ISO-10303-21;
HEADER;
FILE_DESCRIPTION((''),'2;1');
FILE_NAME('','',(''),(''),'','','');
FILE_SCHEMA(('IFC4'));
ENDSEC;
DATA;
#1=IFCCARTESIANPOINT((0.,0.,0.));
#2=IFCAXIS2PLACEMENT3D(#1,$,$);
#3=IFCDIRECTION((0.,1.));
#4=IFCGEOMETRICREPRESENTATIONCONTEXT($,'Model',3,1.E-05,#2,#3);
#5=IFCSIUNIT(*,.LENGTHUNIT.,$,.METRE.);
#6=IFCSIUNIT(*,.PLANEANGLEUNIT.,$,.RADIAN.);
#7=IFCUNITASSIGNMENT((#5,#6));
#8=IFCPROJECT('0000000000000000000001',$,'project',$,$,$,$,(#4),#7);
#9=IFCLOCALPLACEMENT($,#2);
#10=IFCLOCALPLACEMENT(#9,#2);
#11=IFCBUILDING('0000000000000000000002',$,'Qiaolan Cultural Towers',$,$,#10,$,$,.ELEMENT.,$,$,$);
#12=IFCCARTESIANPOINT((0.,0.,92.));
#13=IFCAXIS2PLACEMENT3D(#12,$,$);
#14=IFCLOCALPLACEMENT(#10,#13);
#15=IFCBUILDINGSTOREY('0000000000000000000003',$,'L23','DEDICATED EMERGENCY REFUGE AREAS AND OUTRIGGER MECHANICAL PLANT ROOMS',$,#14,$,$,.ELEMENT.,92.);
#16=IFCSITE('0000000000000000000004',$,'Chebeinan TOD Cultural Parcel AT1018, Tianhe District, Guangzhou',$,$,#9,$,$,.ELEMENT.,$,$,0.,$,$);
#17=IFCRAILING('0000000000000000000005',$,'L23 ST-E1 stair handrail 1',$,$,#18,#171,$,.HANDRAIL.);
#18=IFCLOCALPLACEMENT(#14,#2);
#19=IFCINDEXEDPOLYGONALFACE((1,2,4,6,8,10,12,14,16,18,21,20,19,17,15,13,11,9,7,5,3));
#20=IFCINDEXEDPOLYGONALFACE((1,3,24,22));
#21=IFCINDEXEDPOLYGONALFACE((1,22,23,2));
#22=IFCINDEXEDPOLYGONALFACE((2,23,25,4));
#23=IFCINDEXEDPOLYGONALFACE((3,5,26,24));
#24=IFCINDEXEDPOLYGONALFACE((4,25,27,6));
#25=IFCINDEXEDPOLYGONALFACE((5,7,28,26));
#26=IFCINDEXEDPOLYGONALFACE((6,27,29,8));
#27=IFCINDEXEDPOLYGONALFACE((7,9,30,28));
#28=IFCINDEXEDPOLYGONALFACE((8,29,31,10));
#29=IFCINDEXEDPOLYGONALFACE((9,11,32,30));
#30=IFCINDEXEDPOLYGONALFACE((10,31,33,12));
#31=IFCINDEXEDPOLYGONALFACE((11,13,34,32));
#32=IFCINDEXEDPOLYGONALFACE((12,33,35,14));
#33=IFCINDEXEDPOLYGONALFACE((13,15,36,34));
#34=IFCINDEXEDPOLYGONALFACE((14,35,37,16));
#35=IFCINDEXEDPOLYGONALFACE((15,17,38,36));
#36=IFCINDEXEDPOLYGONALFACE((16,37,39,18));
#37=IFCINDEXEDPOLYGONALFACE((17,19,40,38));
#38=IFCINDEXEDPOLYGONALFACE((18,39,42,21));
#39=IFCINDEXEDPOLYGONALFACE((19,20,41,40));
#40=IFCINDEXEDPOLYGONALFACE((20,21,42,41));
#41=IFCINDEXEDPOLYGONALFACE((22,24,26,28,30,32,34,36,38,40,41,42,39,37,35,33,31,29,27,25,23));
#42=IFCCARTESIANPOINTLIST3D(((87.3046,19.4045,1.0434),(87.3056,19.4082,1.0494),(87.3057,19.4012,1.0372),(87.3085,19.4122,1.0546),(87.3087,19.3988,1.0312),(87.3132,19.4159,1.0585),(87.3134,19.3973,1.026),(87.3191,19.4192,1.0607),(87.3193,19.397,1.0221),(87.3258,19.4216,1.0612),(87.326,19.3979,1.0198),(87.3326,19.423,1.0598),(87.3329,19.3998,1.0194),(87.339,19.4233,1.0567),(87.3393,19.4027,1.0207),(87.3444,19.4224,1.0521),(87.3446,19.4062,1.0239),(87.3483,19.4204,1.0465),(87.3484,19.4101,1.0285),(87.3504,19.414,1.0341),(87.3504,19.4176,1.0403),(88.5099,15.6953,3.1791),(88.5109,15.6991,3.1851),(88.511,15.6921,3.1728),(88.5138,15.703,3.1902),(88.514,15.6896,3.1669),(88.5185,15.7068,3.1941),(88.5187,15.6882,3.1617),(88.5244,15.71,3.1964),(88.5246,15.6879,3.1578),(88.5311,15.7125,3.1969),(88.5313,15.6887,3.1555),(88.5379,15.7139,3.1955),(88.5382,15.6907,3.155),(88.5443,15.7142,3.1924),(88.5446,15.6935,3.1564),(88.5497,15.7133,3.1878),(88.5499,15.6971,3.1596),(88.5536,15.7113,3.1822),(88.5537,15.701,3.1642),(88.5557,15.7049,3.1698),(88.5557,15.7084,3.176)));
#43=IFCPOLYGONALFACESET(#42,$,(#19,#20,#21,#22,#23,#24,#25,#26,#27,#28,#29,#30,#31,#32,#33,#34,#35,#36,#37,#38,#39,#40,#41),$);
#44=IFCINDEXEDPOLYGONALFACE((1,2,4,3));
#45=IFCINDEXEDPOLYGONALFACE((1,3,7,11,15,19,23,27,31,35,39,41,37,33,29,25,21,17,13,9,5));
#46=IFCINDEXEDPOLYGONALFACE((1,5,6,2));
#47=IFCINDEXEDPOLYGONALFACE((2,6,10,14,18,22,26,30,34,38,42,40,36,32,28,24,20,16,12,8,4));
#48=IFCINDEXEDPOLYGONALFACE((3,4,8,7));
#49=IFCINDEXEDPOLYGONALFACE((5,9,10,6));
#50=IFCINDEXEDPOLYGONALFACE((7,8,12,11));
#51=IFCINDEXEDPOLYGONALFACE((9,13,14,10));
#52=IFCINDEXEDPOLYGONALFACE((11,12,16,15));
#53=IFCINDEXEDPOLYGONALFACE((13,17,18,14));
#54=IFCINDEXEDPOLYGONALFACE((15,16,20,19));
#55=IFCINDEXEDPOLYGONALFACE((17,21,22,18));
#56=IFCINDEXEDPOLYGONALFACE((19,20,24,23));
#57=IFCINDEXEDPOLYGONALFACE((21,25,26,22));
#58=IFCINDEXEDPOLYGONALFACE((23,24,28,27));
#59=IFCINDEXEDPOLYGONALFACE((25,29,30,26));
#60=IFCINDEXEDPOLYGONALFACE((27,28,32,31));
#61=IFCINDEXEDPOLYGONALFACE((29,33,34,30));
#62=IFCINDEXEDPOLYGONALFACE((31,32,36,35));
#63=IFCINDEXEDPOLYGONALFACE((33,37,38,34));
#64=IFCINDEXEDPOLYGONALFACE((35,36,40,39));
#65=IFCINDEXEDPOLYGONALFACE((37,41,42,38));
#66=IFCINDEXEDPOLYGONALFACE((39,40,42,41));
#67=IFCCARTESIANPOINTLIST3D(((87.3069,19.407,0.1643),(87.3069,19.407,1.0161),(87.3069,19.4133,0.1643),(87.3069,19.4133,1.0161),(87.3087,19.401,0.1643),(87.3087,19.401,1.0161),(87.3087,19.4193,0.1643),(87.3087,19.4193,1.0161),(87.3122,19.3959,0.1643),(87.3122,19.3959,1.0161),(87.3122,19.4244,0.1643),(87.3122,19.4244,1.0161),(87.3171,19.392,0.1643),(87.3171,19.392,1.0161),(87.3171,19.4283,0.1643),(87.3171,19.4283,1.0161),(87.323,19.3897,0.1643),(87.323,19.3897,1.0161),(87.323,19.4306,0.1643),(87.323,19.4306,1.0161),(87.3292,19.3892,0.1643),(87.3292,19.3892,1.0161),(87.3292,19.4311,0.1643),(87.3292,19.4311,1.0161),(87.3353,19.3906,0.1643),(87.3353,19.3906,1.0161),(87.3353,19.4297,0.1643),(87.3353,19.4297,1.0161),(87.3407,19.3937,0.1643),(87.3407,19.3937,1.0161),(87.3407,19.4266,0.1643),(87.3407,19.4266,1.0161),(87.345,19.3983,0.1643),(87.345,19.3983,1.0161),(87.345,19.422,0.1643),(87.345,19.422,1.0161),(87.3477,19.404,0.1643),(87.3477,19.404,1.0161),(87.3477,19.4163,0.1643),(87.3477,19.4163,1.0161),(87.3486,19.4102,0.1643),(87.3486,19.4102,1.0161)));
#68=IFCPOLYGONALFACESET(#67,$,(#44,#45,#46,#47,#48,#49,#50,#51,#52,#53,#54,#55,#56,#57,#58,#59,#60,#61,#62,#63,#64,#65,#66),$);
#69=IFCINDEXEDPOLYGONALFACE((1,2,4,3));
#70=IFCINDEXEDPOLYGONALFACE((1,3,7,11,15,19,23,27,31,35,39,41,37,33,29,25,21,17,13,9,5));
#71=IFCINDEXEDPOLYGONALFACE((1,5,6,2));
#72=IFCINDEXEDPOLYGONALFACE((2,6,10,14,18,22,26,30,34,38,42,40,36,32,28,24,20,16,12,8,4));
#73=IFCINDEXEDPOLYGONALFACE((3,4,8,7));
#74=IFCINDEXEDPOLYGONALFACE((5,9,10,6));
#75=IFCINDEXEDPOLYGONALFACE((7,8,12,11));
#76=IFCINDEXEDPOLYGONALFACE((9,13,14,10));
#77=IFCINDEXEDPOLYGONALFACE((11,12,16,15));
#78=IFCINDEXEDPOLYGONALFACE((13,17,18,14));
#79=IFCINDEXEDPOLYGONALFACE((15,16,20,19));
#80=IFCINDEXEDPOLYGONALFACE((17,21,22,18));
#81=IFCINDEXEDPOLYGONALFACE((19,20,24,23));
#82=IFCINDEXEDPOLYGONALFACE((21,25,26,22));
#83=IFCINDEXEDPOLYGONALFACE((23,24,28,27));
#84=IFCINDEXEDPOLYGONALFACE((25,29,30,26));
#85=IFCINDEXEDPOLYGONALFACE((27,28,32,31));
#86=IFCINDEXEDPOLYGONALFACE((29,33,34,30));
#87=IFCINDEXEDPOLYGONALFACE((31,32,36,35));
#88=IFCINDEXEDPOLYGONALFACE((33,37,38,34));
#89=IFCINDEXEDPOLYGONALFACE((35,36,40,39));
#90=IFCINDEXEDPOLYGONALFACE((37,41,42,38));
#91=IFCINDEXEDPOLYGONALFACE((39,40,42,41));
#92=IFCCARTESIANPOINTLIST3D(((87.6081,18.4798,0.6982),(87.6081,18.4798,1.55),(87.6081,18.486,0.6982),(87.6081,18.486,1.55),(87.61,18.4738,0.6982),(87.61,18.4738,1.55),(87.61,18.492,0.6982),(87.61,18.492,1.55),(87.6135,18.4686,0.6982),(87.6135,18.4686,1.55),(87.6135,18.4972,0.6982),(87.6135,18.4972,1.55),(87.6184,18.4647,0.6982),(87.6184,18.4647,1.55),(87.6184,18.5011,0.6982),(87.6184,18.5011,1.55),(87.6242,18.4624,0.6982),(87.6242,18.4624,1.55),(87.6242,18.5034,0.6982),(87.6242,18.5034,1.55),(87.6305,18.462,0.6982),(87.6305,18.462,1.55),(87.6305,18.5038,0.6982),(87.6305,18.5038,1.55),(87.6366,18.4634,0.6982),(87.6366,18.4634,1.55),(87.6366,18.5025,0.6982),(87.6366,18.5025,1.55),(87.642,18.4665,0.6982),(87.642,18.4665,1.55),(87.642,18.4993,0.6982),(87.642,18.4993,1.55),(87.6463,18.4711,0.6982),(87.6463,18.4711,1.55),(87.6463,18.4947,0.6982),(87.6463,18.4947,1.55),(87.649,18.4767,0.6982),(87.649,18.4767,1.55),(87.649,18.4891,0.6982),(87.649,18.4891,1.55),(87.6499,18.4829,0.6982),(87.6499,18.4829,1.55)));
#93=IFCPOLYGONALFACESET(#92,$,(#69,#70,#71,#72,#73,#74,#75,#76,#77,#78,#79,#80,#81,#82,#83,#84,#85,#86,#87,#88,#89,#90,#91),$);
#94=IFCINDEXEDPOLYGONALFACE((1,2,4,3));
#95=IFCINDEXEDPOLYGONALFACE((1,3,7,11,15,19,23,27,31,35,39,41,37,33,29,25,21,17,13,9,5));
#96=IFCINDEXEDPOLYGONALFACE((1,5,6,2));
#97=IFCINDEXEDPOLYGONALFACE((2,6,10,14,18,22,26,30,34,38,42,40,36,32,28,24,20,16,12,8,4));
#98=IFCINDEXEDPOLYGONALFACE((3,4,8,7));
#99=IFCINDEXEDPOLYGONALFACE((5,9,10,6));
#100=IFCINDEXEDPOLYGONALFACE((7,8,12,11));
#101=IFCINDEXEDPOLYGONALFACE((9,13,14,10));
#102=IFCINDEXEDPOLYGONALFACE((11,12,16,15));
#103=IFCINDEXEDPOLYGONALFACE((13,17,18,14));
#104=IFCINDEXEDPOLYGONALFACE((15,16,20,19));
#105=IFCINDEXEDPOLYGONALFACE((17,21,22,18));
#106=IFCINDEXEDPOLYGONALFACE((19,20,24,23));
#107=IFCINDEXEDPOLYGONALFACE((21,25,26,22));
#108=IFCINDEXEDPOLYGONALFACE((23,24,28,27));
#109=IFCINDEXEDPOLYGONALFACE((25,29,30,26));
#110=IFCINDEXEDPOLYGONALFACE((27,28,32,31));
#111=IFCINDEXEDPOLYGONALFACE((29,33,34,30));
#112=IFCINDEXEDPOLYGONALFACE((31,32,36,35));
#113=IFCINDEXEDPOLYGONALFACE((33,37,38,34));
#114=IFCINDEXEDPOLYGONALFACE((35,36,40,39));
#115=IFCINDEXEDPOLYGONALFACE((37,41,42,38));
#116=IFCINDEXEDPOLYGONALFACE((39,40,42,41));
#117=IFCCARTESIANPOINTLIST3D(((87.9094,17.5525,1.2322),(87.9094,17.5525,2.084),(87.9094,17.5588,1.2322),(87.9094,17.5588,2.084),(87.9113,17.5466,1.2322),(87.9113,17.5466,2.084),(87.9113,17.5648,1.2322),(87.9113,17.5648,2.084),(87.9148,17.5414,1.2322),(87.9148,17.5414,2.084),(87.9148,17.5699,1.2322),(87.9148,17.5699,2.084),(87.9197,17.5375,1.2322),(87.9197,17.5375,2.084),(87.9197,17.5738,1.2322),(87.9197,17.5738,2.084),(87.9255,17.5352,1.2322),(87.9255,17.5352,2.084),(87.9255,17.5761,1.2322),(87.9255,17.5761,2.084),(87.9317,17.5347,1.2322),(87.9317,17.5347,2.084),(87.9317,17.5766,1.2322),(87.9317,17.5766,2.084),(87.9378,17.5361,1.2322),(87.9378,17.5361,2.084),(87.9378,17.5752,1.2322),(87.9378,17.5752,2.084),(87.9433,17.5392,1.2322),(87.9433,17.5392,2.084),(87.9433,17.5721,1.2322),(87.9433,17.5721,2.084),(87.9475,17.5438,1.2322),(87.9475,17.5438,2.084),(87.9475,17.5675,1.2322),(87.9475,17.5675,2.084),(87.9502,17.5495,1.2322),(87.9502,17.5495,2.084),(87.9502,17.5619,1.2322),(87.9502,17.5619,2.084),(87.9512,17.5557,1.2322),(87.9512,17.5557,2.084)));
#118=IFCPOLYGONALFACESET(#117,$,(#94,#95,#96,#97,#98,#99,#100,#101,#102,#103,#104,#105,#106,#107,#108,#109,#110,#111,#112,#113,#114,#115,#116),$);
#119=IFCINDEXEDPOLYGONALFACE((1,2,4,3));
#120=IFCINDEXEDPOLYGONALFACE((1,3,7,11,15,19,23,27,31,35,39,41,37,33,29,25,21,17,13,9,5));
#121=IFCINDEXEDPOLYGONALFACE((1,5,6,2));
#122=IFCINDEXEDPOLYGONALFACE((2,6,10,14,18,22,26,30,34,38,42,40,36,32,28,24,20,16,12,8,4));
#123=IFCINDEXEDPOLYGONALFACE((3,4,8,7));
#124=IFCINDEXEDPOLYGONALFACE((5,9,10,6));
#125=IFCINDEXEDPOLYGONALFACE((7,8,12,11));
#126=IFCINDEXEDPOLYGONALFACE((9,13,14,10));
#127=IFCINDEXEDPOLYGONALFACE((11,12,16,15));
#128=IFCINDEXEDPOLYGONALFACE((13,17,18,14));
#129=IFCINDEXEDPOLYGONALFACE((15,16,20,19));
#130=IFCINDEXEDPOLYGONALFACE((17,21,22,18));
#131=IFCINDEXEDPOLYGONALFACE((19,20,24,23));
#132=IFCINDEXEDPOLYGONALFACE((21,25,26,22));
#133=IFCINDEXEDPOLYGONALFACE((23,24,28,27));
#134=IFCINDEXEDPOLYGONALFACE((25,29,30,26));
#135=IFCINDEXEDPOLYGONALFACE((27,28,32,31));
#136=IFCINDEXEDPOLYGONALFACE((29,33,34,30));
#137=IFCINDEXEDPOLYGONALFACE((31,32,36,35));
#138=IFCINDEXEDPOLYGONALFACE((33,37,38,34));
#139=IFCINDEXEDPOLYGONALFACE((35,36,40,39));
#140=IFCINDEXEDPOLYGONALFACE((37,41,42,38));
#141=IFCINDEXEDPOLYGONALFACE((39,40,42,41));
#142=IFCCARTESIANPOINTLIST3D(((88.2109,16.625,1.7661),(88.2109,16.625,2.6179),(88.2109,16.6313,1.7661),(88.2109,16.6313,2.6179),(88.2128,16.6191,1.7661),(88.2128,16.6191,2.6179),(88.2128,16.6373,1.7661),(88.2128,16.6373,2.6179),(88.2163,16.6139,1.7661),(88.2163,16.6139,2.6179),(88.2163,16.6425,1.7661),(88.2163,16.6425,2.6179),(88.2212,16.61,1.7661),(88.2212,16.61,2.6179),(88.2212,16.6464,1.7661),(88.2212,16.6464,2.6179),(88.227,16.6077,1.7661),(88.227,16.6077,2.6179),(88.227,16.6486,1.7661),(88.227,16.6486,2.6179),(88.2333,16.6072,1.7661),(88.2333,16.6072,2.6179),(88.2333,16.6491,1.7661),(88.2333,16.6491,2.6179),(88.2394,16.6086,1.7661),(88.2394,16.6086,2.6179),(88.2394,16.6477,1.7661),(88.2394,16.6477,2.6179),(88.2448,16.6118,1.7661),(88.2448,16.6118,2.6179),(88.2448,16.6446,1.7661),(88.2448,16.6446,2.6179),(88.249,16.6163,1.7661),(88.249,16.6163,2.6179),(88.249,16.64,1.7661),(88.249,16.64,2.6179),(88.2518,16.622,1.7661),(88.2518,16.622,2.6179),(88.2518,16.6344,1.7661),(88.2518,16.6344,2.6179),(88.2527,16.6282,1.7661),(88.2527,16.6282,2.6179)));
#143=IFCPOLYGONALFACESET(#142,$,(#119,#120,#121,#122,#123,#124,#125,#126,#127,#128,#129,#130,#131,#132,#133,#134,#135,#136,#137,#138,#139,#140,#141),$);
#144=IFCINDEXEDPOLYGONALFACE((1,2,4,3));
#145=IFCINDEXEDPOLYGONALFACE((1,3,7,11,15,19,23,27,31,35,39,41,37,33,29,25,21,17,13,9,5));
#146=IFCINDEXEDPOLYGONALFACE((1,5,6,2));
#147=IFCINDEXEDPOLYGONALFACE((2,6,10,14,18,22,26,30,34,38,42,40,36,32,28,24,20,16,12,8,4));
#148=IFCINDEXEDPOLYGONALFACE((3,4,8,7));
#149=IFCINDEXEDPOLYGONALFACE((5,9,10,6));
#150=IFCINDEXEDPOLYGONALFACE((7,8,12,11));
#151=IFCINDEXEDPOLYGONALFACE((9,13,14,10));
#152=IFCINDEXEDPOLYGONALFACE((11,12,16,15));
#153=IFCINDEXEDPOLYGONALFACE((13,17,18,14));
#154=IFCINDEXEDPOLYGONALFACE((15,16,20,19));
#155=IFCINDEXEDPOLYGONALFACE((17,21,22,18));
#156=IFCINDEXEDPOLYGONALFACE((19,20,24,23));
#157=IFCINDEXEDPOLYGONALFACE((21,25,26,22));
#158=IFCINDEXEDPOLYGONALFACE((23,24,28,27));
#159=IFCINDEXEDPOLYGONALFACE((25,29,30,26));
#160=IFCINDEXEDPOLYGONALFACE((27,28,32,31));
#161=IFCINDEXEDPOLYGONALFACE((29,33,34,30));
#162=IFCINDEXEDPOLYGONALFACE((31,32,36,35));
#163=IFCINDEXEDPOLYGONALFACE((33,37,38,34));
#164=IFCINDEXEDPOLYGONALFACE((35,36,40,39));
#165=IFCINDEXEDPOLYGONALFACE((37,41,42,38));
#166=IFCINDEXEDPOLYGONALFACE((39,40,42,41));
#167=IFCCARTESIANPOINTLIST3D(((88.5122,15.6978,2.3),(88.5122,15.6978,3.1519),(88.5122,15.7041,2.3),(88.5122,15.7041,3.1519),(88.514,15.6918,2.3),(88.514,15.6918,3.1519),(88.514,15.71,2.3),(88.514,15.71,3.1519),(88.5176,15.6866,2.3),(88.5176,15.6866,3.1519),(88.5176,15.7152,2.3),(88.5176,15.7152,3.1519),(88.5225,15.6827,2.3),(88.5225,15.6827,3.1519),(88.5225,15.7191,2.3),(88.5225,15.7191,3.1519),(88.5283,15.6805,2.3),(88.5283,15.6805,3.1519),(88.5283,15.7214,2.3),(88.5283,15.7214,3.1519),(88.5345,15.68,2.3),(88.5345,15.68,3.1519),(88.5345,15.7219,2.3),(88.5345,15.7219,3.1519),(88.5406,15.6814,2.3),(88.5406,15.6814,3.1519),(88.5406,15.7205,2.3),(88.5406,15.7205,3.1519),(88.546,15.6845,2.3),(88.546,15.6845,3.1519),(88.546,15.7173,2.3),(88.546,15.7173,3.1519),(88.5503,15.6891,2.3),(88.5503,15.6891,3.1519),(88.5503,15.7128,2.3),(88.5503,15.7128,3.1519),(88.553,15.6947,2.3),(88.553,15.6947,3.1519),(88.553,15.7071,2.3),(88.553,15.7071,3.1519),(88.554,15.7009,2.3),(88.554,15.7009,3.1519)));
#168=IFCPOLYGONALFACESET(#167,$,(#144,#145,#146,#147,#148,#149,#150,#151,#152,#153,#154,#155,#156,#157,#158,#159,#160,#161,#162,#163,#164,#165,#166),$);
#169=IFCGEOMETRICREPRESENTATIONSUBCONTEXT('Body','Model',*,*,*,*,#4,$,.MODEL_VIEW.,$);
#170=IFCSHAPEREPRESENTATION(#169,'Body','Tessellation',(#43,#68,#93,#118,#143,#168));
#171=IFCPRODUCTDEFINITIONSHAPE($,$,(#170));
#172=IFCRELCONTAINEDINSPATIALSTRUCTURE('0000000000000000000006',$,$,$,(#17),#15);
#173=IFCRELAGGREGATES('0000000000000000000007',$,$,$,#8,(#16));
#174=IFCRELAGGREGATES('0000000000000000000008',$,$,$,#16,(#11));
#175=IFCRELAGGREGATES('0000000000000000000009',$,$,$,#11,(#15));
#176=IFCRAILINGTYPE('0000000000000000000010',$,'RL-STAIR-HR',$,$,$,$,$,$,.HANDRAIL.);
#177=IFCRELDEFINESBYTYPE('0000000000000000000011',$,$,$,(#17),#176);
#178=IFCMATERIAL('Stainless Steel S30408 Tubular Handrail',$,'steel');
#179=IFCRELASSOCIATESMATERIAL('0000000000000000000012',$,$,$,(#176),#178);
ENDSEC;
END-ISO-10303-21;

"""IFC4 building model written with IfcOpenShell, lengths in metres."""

from ifc_helpers import new_model, si_unit, direction, frame, origin, origin_2d, place, context, subcontext, project, spatial, circle, extrude, material, type_object, element, save


model = new_model("IFC4")

# Units and contexts
model_context = context("Model", 3, precision=1e-05, world=origin(), true_north=direction((0.0, 1.0)))
body_context = subcontext(model_context, "Body", "Model", "MODEL_VIEW")
ifc_project = project(units=[si_unit("LENGTHUNIT", "METRE"), si_unit("PLANEANGLEUNIT", "RADIAN")], contexts=[model_context])

# Site, building, storey
site_placement = place(None, origin())
site = spatial("IfcSite", under=ifc_project, at=site_placement, Name="Chebeinan TOD Cultural Parcel AT1018, Tianhe District, Guangzhou", CompositionType="ELEMENT", RefElevation=0.0)
building_placement = place(site_placement, origin())
building = spatial("IfcBuilding", under=site, at=building_placement, Name="Qiaolan Cultural Towers", CompositionType="ELEMENT")
storey_placement = place(building_placement, frame((0.0, 0.0, 92.0)))
storey = spatial("IfcBuildingStorey", under=building, at=storey_placement, Name="L23", Description="DEDICATED EMERGENCY REFUGE AREAS AND OUTRIGGER MECHANICAL PLANT ROOMS", CompositionType="ELEMENT", Elevation=92.0)

# Railing
ifc_material_1 = material(Name="Stainless Steel S30408 Tubular Handrail", Category="steel")
railing_type = type_object("IfcRailingType", Name="RL-STAIR-HR", PredefinedType="HANDRAIL", material=ifc_material_1)
railing_placement = place(storey_placement, frame((87.3276, 19.4102, 0.1643)))
element("IfcRailing", 1, at=railing_placement, inside=storey, type_object=railing_type, Name="L23 ST-E1 stair handrail 1", PredefinedType="HANDRAIL", context=body_context, shape_type="SweptSolid", body=[
    extrude(circle(Radius=0.0239, at=origin_2d()), frame((0.0, 0.0, 0.876), z_axis=(0.271064, -0.834165, 0.480305), x_axis=(0.951047, 0.309045, 0.0)), (0.0, 0.0, 1.0), 4.4465),
    extrude(circle(Radius=0.021, at=origin_2d()), origin(), (0.0, 0.0, 1.0), 0.8518),
    extrude(circle(Radius=0.021, at=origin_2d()), frame((0.3013, -0.9272, 0.5339)), (0.0, 0.0, 1.0), 0.8518),
    extrude(circle(Radius=0.021, at=origin_2d()), frame((0.6025, -1.8545, 1.0679)), (0.0, 0.0, 1.0), 0.8518),
    extrude(circle(Radius=0.021, at=origin_2d()), frame((0.9041, -2.782, 1.6018)), (0.0, 0.0, 1.0), 0.8518),
    extrude(circle(Radius=0.021, at=origin_2d()), frame((1.2053, -3.7092, 2.1357)), (0.0, 0.0, 1.0), 0.8518),
])

save(model, "model.ifc")
